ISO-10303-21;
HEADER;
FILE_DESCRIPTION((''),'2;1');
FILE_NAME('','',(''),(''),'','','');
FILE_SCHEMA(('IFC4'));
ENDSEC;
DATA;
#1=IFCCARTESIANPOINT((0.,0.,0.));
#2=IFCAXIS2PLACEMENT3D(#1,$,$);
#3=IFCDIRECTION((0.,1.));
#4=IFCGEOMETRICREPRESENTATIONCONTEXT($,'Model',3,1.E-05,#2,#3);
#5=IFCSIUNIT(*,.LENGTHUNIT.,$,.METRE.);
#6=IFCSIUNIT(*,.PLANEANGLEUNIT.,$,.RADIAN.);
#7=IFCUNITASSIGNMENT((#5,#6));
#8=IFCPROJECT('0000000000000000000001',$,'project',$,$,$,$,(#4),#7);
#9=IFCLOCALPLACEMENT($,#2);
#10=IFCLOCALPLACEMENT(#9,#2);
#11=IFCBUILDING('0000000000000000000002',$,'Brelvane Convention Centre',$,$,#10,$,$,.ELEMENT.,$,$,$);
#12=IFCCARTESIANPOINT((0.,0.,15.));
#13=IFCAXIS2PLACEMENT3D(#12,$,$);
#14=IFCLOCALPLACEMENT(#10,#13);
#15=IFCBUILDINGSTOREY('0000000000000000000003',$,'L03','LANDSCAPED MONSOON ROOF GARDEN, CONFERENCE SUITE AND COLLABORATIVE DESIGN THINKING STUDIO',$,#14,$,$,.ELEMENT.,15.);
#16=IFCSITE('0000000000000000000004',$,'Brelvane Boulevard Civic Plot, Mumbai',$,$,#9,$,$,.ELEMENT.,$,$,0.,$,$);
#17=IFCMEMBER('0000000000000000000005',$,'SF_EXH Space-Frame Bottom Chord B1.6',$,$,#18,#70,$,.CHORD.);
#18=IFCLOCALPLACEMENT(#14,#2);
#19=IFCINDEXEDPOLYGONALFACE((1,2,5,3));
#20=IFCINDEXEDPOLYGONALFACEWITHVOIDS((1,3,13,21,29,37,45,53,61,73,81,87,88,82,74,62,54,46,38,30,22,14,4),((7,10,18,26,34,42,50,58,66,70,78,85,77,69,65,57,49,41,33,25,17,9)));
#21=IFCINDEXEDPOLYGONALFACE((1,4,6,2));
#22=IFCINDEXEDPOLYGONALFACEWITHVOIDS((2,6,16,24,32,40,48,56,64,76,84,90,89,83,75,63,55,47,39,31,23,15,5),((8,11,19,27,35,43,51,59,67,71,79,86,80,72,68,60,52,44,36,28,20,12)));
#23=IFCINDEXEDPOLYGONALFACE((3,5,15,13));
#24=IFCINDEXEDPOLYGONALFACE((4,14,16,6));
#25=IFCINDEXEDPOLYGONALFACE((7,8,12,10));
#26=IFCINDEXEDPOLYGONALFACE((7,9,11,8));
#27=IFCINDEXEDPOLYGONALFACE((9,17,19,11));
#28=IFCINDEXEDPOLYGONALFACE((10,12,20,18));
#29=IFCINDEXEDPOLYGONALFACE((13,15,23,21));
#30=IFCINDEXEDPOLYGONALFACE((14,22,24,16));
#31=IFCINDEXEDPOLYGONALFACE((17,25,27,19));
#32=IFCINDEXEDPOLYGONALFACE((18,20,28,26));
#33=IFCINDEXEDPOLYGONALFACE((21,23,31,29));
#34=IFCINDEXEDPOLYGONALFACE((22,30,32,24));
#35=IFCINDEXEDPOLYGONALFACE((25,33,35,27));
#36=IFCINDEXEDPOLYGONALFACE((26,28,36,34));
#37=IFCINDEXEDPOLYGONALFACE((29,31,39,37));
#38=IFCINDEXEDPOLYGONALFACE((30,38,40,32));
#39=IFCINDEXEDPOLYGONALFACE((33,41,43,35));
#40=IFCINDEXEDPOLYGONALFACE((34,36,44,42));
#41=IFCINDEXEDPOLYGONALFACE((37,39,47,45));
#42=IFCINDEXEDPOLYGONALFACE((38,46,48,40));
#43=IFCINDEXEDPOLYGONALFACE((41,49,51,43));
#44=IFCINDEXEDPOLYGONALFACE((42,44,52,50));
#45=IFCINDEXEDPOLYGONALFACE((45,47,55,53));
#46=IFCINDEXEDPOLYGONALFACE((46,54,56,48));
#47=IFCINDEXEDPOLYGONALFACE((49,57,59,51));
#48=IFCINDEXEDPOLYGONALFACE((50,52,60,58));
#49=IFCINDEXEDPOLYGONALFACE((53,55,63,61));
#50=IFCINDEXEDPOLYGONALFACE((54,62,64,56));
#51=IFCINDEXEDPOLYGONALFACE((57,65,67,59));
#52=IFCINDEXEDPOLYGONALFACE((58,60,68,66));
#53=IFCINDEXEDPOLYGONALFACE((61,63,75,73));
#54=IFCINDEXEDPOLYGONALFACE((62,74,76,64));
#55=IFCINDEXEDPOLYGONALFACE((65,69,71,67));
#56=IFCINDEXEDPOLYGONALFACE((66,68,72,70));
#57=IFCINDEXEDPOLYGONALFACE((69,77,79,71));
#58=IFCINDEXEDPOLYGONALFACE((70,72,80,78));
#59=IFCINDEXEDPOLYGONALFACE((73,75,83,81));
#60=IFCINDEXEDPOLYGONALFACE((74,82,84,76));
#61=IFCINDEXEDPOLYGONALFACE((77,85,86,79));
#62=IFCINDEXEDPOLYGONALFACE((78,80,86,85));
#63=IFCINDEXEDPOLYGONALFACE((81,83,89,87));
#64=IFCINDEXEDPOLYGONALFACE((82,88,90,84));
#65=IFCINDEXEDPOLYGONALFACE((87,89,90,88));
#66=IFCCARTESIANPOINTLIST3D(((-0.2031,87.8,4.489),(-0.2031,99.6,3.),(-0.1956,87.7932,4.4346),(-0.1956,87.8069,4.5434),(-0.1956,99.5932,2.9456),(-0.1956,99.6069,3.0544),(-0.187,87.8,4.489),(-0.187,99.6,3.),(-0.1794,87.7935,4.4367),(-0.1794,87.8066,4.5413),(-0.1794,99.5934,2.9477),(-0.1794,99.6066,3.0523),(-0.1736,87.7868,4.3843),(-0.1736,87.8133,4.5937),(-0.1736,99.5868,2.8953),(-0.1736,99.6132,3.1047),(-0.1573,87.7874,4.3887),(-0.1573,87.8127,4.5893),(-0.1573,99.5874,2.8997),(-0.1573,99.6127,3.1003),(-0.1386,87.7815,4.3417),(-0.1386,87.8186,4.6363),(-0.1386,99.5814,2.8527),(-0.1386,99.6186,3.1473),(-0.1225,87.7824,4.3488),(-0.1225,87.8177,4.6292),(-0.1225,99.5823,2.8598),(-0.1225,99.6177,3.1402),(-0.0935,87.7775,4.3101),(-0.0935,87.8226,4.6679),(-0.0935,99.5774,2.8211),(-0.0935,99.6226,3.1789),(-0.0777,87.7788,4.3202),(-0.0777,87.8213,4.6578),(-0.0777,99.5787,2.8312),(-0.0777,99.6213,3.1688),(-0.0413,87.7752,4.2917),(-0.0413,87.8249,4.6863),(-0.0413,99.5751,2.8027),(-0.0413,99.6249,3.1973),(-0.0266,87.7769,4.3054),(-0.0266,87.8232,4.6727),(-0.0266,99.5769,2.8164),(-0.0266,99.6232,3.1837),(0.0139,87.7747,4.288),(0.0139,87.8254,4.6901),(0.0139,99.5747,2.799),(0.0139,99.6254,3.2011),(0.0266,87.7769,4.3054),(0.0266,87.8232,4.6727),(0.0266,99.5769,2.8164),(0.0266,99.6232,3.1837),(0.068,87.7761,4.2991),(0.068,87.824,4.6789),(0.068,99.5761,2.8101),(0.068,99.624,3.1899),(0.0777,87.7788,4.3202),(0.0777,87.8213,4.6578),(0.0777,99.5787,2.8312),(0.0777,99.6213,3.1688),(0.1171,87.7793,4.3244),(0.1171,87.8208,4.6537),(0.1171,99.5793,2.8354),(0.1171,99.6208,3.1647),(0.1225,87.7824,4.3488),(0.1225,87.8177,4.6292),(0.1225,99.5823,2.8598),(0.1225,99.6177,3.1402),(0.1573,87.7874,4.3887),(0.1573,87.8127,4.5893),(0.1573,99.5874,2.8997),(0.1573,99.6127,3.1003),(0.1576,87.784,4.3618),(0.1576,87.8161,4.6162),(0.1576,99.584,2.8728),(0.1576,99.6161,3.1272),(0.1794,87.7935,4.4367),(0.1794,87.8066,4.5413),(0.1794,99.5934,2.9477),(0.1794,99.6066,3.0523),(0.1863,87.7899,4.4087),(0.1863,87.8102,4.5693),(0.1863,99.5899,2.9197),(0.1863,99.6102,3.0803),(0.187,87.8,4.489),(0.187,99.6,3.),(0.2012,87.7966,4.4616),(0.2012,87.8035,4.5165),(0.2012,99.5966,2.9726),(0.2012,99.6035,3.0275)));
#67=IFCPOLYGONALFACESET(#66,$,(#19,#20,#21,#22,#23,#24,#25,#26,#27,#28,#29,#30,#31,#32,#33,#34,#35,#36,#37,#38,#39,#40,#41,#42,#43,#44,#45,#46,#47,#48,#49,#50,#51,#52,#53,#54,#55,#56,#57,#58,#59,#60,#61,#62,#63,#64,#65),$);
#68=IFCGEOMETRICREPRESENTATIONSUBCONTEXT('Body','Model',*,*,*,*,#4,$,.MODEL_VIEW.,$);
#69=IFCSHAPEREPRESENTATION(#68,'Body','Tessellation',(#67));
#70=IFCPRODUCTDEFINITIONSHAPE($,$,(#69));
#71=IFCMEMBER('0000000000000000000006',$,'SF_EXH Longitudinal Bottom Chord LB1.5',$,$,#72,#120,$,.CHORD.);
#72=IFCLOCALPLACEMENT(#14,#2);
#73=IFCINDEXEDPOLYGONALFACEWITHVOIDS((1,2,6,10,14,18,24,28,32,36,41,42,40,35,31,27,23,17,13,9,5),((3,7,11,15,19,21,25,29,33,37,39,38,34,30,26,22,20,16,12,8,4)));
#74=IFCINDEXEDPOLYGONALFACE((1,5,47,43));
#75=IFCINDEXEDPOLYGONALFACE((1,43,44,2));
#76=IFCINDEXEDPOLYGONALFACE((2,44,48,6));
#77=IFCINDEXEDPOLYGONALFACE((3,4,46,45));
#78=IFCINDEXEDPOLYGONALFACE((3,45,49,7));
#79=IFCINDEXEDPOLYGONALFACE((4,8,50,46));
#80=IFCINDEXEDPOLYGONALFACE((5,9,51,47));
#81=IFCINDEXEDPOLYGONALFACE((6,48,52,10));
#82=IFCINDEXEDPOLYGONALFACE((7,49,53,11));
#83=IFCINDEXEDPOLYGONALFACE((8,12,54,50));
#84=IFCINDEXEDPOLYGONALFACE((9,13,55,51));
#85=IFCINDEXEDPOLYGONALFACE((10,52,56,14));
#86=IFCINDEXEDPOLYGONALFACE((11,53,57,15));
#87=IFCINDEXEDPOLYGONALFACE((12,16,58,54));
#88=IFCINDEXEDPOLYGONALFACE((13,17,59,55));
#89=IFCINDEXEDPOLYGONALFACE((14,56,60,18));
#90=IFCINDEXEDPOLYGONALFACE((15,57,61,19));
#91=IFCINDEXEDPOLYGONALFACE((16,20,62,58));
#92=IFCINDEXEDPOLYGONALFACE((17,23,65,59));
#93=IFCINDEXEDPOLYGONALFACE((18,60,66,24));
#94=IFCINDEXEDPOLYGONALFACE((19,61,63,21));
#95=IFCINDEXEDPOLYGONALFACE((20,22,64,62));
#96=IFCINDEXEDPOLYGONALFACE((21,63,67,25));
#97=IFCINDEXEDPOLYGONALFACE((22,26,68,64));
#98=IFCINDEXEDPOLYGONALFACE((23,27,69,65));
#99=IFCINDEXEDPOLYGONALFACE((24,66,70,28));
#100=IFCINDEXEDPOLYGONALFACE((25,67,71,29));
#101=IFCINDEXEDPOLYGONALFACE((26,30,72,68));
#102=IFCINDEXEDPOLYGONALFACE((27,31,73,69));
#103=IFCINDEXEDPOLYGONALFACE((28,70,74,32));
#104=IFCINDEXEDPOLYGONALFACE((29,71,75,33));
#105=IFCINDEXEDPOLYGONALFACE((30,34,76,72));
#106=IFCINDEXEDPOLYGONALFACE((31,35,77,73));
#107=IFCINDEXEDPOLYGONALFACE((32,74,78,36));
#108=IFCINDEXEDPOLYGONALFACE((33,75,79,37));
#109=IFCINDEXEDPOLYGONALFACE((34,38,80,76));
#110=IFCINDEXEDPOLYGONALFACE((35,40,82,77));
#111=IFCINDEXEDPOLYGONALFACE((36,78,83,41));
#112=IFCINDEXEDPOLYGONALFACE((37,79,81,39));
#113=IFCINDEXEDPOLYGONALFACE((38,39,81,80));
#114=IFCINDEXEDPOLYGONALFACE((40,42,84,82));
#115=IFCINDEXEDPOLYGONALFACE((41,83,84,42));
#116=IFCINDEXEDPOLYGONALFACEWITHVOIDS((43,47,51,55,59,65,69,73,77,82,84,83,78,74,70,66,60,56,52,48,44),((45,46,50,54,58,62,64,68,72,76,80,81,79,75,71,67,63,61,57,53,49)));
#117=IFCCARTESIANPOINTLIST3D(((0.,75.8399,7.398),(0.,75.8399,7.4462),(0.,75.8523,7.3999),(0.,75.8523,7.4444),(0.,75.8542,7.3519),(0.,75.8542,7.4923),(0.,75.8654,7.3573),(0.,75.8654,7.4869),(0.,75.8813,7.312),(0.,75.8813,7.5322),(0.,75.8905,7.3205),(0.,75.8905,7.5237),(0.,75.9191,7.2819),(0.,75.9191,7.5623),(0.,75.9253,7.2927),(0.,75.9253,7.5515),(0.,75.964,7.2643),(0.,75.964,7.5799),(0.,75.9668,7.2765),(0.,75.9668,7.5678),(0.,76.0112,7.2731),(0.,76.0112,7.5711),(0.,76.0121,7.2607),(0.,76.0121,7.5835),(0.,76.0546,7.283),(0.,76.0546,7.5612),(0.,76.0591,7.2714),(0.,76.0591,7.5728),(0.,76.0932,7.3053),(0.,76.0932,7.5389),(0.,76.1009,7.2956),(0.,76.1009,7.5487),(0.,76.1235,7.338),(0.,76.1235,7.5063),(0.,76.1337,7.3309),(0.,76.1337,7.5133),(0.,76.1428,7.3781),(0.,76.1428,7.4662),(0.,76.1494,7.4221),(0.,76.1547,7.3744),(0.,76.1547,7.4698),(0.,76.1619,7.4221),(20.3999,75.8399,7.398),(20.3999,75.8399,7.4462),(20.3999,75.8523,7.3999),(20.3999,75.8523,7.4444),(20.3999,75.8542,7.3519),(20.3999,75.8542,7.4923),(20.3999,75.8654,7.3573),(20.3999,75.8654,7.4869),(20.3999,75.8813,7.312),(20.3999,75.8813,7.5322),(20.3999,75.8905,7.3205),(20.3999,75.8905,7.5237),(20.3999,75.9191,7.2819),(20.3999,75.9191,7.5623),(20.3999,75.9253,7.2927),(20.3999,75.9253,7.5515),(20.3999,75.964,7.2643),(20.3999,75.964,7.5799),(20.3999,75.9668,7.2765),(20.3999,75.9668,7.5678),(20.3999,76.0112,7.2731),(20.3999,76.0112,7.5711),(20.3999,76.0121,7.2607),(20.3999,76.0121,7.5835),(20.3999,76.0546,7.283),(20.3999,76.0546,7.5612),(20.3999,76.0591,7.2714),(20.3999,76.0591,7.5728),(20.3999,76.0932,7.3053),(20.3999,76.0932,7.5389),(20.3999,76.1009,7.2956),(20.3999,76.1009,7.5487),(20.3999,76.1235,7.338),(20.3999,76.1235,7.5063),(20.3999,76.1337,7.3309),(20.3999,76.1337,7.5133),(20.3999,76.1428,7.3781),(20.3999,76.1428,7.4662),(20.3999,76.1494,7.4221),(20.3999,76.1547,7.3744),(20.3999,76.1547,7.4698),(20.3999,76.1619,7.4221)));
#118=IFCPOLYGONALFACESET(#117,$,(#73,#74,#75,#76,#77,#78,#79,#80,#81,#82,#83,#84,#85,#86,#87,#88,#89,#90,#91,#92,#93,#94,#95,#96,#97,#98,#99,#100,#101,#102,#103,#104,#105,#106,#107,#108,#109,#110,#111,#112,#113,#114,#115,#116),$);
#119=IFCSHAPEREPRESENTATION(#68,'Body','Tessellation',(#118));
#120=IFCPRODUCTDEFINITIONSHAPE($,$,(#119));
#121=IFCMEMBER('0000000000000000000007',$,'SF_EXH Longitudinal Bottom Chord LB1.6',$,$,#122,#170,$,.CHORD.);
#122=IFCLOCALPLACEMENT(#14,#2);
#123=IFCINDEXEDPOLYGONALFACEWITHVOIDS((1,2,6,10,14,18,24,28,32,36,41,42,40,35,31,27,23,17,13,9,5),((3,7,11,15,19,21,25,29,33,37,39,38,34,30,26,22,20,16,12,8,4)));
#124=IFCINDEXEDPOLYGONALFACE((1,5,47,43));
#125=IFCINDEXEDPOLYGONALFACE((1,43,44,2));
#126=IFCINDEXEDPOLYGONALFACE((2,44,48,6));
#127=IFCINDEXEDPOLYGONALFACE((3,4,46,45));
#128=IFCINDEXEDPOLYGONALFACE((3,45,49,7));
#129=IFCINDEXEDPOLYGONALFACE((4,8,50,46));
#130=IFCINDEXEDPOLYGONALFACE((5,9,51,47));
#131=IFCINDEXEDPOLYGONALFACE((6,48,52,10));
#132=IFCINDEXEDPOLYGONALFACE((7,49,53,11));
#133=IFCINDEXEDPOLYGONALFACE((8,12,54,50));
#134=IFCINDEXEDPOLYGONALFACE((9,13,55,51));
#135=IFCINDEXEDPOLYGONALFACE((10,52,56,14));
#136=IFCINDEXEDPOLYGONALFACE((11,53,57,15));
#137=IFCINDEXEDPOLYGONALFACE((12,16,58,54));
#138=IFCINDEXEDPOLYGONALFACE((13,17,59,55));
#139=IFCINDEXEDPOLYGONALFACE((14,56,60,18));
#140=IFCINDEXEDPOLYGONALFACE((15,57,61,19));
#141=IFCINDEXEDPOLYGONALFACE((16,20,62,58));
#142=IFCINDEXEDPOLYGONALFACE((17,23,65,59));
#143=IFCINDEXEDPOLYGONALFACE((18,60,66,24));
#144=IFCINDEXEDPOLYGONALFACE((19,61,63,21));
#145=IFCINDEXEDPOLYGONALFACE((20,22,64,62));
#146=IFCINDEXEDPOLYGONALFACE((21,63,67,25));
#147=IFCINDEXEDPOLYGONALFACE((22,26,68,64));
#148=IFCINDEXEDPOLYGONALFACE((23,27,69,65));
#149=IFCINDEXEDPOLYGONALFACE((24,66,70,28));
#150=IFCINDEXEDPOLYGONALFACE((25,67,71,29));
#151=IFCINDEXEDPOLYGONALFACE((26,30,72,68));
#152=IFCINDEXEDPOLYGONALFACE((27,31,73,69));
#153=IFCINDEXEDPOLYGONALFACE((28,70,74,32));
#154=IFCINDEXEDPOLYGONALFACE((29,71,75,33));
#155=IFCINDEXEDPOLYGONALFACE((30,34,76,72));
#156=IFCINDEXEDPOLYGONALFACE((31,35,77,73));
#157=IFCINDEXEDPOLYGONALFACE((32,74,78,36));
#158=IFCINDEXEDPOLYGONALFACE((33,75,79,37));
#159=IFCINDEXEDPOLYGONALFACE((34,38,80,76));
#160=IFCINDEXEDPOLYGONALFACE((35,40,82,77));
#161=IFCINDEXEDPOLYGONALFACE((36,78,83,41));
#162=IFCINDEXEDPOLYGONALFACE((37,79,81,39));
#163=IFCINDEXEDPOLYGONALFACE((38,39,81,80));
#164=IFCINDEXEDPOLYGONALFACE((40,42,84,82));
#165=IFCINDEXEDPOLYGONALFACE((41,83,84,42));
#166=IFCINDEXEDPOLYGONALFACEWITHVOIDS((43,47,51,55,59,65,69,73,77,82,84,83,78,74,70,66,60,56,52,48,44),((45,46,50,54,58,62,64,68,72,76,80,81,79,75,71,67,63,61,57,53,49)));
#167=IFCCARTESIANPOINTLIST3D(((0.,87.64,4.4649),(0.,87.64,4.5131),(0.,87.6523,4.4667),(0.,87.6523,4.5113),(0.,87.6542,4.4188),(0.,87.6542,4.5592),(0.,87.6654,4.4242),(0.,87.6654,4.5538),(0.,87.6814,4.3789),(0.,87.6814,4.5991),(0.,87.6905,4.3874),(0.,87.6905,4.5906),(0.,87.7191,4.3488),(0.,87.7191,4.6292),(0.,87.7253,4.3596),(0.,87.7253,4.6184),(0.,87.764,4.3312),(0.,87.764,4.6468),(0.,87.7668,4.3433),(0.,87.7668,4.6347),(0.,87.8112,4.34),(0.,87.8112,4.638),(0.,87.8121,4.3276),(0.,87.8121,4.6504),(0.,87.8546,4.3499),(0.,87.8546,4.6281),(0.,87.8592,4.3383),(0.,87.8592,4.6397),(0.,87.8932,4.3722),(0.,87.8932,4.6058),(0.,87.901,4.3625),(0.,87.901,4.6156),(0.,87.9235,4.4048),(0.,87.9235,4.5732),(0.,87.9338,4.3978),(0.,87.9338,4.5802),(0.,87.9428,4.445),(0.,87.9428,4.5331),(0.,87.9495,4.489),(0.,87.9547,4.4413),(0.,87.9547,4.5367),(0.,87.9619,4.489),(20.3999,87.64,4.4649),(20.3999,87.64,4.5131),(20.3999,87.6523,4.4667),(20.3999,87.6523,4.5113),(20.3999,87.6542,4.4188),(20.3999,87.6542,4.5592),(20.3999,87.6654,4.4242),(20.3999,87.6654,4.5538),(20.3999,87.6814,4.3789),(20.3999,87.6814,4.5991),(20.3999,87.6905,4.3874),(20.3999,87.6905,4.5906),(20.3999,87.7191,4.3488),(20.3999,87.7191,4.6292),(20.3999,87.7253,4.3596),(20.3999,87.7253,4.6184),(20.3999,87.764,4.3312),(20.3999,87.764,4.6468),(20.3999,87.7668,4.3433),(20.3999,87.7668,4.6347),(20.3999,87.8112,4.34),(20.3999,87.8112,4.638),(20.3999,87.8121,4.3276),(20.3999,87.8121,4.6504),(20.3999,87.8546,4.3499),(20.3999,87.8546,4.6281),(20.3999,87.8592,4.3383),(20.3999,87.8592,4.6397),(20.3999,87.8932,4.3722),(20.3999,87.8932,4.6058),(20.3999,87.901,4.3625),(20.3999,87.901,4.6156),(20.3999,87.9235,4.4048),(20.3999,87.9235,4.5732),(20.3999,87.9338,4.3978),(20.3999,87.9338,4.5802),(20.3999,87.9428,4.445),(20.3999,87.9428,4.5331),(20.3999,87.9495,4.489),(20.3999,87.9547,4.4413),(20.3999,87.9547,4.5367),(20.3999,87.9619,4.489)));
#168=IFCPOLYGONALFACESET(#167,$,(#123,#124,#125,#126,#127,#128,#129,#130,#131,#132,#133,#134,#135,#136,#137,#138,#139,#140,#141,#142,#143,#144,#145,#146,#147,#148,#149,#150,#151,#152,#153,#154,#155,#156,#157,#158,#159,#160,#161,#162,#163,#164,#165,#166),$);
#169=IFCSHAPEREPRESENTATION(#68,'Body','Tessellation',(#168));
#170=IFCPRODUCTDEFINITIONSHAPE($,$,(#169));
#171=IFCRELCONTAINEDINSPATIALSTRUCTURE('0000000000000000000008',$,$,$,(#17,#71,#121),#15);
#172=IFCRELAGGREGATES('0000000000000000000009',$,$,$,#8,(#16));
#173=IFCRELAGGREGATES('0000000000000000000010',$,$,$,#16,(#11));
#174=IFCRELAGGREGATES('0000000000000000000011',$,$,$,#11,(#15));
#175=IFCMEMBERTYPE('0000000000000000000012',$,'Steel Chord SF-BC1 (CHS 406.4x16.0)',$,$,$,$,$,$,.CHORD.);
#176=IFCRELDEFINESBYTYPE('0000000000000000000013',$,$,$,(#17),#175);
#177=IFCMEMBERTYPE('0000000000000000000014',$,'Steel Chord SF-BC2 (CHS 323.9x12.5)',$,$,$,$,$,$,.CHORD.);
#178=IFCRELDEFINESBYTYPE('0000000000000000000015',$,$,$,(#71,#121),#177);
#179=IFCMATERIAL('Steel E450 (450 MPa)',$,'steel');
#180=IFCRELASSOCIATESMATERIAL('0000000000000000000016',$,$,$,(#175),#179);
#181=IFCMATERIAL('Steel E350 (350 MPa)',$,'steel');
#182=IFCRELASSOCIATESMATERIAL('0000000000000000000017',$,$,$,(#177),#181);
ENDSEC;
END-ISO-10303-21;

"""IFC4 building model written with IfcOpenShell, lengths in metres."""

from ifc_helpers import new_model, si_unit, direction, frame, origin, origin_2d, place, context, subcontext, project, spatial, hollow_circle, extrude, material, material_profile, profile_set, type_object, element, save


model = new_model("IFC4")

# Units and contexts
model_context = context("Model", 3, precision=1e-05, world=origin(), true_north=direction((0.0, 1.0)))
body_context = subcontext(model_context, "Body", "Model", "MODEL_VIEW")
ifc_project = project(units=[si_unit("LENGTHUNIT", "METRE"), si_unit("PLANEANGLEUNIT", "RADIAN")], contexts=[model_context])

# Site, building, storey
site_placement = place(None, origin())
site = spatial("IfcSite", under=ifc_project, at=site_placement, Name="Brelvane Boulevard Civic Plot, Mumbai", CompositionType="ELEMENT", RefElevation=0.0)
building_placement = place(site_placement, origin())
building = spatial("IfcBuilding", under=site, at=building_placement, Name="Brelvane Convention Centre", CompositionType="ELEMENT")
storey_placement = place(building_placement, frame((0.0, 0.0, 15.0)))
storey = spatial("IfcBuildingStorey", under=building, at=storey_placement, Name="L03", Description="LANDSCAPED MONSOON ROOF GARDEN, CONFERENCE SUITE AND COLLABORATIVE DESIGN THINKING STUDIO", CompositionType="ELEMENT", Elevation=15.0)

# Members
ifc_material_1 = material(Name="Steel E450 (450 MPa)", Category="steel")
ifc_material_profile_1 = material_profile(ifc_material_1, hollow_circle(Radius=0.2031, WallThickness=0.0161, at=origin_2d()), Name="CHS 406.4x16.0")
ifc_profile_set_1 = profile_set([ifc_material_profile_1], Name="Steel E450 (450 MPa)")
member_type_1 = type_object("IfcMemberType", Name="Steel Chord SF-BC1 (CHS 406.4x16.0)", PredefinedType="CHORD", material=ifc_profile_set_1)
member_1_placement = place(storey_placement, frame((0.0, 87.8, 4.489), z_axis=(0.0, 0.992132, -0.125194), x_axis=(-1.0, 0.0, 0.0)))
element("IfcMember", 1, at=member_1_placement, inside=storey, type_object=member_type_1, Name="SF_EXH Space-Frame Bottom Chord B1.6", PredefinedType="CHORD", context=body_context, shape_type="SweptSolid", body=[
    extrude(hollow_circle(Radius=0.2031, WallThickness=0.0161, at=origin_2d()), origin(), (0.0, 0.0, 1.0), 11.8936),
])
ifc_material_2 = material(Name="Steel E350 (350 MPa)", Category="steel")
ifc_material_profile_2 = material_profile(ifc_material_2, hollow_circle(Radius=0.1619, WallThickness=0.0125, at=origin_2d()), Name="CHS 323.9x12.5")
ifc_profile_set_2 = profile_set([ifc_material_profile_2], Name="Steel E350 (350 MPa)")
member_type_2 = type_object("IfcMemberType", Name="Steel Chord SF-BC2 (CHS 323.9x12.5)", PredefinedType="CHORD", material=ifc_profile_set_2)
for number, where, z_axis, x_axis, name in (
    (2, (0.0, 76.0, 7.4221), (1.0, 0.0, 0.0), (0.0, 1.0, 0.0), "SF_EXH Longitudinal Bottom Chord LB1.5"),
    (3, (0.0, 87.8, 4.489), (1.0, 0.0, 0.0), (0.0, 1.0, 0.0), "SF_EXH Longitudinal Bottom Chord LB1.6"),
):
    element("IfcMember", number, at=place(storey_placement, frame(where, z_axis=z_axis, x_axis=x_axis)), inside=storey, type_object=member_type_2, Name=name, PredefinedType="CHORD", context=body_context, shape_type="SweptSolid", body=[
        extrude(hollow_circle(Radius=0.1619, WallThickness=0.0125, at=origin_2d()), origin(), (0.0, 0.0, 1.0), 20.3999),
    ])

save(model, "model.ifc")
